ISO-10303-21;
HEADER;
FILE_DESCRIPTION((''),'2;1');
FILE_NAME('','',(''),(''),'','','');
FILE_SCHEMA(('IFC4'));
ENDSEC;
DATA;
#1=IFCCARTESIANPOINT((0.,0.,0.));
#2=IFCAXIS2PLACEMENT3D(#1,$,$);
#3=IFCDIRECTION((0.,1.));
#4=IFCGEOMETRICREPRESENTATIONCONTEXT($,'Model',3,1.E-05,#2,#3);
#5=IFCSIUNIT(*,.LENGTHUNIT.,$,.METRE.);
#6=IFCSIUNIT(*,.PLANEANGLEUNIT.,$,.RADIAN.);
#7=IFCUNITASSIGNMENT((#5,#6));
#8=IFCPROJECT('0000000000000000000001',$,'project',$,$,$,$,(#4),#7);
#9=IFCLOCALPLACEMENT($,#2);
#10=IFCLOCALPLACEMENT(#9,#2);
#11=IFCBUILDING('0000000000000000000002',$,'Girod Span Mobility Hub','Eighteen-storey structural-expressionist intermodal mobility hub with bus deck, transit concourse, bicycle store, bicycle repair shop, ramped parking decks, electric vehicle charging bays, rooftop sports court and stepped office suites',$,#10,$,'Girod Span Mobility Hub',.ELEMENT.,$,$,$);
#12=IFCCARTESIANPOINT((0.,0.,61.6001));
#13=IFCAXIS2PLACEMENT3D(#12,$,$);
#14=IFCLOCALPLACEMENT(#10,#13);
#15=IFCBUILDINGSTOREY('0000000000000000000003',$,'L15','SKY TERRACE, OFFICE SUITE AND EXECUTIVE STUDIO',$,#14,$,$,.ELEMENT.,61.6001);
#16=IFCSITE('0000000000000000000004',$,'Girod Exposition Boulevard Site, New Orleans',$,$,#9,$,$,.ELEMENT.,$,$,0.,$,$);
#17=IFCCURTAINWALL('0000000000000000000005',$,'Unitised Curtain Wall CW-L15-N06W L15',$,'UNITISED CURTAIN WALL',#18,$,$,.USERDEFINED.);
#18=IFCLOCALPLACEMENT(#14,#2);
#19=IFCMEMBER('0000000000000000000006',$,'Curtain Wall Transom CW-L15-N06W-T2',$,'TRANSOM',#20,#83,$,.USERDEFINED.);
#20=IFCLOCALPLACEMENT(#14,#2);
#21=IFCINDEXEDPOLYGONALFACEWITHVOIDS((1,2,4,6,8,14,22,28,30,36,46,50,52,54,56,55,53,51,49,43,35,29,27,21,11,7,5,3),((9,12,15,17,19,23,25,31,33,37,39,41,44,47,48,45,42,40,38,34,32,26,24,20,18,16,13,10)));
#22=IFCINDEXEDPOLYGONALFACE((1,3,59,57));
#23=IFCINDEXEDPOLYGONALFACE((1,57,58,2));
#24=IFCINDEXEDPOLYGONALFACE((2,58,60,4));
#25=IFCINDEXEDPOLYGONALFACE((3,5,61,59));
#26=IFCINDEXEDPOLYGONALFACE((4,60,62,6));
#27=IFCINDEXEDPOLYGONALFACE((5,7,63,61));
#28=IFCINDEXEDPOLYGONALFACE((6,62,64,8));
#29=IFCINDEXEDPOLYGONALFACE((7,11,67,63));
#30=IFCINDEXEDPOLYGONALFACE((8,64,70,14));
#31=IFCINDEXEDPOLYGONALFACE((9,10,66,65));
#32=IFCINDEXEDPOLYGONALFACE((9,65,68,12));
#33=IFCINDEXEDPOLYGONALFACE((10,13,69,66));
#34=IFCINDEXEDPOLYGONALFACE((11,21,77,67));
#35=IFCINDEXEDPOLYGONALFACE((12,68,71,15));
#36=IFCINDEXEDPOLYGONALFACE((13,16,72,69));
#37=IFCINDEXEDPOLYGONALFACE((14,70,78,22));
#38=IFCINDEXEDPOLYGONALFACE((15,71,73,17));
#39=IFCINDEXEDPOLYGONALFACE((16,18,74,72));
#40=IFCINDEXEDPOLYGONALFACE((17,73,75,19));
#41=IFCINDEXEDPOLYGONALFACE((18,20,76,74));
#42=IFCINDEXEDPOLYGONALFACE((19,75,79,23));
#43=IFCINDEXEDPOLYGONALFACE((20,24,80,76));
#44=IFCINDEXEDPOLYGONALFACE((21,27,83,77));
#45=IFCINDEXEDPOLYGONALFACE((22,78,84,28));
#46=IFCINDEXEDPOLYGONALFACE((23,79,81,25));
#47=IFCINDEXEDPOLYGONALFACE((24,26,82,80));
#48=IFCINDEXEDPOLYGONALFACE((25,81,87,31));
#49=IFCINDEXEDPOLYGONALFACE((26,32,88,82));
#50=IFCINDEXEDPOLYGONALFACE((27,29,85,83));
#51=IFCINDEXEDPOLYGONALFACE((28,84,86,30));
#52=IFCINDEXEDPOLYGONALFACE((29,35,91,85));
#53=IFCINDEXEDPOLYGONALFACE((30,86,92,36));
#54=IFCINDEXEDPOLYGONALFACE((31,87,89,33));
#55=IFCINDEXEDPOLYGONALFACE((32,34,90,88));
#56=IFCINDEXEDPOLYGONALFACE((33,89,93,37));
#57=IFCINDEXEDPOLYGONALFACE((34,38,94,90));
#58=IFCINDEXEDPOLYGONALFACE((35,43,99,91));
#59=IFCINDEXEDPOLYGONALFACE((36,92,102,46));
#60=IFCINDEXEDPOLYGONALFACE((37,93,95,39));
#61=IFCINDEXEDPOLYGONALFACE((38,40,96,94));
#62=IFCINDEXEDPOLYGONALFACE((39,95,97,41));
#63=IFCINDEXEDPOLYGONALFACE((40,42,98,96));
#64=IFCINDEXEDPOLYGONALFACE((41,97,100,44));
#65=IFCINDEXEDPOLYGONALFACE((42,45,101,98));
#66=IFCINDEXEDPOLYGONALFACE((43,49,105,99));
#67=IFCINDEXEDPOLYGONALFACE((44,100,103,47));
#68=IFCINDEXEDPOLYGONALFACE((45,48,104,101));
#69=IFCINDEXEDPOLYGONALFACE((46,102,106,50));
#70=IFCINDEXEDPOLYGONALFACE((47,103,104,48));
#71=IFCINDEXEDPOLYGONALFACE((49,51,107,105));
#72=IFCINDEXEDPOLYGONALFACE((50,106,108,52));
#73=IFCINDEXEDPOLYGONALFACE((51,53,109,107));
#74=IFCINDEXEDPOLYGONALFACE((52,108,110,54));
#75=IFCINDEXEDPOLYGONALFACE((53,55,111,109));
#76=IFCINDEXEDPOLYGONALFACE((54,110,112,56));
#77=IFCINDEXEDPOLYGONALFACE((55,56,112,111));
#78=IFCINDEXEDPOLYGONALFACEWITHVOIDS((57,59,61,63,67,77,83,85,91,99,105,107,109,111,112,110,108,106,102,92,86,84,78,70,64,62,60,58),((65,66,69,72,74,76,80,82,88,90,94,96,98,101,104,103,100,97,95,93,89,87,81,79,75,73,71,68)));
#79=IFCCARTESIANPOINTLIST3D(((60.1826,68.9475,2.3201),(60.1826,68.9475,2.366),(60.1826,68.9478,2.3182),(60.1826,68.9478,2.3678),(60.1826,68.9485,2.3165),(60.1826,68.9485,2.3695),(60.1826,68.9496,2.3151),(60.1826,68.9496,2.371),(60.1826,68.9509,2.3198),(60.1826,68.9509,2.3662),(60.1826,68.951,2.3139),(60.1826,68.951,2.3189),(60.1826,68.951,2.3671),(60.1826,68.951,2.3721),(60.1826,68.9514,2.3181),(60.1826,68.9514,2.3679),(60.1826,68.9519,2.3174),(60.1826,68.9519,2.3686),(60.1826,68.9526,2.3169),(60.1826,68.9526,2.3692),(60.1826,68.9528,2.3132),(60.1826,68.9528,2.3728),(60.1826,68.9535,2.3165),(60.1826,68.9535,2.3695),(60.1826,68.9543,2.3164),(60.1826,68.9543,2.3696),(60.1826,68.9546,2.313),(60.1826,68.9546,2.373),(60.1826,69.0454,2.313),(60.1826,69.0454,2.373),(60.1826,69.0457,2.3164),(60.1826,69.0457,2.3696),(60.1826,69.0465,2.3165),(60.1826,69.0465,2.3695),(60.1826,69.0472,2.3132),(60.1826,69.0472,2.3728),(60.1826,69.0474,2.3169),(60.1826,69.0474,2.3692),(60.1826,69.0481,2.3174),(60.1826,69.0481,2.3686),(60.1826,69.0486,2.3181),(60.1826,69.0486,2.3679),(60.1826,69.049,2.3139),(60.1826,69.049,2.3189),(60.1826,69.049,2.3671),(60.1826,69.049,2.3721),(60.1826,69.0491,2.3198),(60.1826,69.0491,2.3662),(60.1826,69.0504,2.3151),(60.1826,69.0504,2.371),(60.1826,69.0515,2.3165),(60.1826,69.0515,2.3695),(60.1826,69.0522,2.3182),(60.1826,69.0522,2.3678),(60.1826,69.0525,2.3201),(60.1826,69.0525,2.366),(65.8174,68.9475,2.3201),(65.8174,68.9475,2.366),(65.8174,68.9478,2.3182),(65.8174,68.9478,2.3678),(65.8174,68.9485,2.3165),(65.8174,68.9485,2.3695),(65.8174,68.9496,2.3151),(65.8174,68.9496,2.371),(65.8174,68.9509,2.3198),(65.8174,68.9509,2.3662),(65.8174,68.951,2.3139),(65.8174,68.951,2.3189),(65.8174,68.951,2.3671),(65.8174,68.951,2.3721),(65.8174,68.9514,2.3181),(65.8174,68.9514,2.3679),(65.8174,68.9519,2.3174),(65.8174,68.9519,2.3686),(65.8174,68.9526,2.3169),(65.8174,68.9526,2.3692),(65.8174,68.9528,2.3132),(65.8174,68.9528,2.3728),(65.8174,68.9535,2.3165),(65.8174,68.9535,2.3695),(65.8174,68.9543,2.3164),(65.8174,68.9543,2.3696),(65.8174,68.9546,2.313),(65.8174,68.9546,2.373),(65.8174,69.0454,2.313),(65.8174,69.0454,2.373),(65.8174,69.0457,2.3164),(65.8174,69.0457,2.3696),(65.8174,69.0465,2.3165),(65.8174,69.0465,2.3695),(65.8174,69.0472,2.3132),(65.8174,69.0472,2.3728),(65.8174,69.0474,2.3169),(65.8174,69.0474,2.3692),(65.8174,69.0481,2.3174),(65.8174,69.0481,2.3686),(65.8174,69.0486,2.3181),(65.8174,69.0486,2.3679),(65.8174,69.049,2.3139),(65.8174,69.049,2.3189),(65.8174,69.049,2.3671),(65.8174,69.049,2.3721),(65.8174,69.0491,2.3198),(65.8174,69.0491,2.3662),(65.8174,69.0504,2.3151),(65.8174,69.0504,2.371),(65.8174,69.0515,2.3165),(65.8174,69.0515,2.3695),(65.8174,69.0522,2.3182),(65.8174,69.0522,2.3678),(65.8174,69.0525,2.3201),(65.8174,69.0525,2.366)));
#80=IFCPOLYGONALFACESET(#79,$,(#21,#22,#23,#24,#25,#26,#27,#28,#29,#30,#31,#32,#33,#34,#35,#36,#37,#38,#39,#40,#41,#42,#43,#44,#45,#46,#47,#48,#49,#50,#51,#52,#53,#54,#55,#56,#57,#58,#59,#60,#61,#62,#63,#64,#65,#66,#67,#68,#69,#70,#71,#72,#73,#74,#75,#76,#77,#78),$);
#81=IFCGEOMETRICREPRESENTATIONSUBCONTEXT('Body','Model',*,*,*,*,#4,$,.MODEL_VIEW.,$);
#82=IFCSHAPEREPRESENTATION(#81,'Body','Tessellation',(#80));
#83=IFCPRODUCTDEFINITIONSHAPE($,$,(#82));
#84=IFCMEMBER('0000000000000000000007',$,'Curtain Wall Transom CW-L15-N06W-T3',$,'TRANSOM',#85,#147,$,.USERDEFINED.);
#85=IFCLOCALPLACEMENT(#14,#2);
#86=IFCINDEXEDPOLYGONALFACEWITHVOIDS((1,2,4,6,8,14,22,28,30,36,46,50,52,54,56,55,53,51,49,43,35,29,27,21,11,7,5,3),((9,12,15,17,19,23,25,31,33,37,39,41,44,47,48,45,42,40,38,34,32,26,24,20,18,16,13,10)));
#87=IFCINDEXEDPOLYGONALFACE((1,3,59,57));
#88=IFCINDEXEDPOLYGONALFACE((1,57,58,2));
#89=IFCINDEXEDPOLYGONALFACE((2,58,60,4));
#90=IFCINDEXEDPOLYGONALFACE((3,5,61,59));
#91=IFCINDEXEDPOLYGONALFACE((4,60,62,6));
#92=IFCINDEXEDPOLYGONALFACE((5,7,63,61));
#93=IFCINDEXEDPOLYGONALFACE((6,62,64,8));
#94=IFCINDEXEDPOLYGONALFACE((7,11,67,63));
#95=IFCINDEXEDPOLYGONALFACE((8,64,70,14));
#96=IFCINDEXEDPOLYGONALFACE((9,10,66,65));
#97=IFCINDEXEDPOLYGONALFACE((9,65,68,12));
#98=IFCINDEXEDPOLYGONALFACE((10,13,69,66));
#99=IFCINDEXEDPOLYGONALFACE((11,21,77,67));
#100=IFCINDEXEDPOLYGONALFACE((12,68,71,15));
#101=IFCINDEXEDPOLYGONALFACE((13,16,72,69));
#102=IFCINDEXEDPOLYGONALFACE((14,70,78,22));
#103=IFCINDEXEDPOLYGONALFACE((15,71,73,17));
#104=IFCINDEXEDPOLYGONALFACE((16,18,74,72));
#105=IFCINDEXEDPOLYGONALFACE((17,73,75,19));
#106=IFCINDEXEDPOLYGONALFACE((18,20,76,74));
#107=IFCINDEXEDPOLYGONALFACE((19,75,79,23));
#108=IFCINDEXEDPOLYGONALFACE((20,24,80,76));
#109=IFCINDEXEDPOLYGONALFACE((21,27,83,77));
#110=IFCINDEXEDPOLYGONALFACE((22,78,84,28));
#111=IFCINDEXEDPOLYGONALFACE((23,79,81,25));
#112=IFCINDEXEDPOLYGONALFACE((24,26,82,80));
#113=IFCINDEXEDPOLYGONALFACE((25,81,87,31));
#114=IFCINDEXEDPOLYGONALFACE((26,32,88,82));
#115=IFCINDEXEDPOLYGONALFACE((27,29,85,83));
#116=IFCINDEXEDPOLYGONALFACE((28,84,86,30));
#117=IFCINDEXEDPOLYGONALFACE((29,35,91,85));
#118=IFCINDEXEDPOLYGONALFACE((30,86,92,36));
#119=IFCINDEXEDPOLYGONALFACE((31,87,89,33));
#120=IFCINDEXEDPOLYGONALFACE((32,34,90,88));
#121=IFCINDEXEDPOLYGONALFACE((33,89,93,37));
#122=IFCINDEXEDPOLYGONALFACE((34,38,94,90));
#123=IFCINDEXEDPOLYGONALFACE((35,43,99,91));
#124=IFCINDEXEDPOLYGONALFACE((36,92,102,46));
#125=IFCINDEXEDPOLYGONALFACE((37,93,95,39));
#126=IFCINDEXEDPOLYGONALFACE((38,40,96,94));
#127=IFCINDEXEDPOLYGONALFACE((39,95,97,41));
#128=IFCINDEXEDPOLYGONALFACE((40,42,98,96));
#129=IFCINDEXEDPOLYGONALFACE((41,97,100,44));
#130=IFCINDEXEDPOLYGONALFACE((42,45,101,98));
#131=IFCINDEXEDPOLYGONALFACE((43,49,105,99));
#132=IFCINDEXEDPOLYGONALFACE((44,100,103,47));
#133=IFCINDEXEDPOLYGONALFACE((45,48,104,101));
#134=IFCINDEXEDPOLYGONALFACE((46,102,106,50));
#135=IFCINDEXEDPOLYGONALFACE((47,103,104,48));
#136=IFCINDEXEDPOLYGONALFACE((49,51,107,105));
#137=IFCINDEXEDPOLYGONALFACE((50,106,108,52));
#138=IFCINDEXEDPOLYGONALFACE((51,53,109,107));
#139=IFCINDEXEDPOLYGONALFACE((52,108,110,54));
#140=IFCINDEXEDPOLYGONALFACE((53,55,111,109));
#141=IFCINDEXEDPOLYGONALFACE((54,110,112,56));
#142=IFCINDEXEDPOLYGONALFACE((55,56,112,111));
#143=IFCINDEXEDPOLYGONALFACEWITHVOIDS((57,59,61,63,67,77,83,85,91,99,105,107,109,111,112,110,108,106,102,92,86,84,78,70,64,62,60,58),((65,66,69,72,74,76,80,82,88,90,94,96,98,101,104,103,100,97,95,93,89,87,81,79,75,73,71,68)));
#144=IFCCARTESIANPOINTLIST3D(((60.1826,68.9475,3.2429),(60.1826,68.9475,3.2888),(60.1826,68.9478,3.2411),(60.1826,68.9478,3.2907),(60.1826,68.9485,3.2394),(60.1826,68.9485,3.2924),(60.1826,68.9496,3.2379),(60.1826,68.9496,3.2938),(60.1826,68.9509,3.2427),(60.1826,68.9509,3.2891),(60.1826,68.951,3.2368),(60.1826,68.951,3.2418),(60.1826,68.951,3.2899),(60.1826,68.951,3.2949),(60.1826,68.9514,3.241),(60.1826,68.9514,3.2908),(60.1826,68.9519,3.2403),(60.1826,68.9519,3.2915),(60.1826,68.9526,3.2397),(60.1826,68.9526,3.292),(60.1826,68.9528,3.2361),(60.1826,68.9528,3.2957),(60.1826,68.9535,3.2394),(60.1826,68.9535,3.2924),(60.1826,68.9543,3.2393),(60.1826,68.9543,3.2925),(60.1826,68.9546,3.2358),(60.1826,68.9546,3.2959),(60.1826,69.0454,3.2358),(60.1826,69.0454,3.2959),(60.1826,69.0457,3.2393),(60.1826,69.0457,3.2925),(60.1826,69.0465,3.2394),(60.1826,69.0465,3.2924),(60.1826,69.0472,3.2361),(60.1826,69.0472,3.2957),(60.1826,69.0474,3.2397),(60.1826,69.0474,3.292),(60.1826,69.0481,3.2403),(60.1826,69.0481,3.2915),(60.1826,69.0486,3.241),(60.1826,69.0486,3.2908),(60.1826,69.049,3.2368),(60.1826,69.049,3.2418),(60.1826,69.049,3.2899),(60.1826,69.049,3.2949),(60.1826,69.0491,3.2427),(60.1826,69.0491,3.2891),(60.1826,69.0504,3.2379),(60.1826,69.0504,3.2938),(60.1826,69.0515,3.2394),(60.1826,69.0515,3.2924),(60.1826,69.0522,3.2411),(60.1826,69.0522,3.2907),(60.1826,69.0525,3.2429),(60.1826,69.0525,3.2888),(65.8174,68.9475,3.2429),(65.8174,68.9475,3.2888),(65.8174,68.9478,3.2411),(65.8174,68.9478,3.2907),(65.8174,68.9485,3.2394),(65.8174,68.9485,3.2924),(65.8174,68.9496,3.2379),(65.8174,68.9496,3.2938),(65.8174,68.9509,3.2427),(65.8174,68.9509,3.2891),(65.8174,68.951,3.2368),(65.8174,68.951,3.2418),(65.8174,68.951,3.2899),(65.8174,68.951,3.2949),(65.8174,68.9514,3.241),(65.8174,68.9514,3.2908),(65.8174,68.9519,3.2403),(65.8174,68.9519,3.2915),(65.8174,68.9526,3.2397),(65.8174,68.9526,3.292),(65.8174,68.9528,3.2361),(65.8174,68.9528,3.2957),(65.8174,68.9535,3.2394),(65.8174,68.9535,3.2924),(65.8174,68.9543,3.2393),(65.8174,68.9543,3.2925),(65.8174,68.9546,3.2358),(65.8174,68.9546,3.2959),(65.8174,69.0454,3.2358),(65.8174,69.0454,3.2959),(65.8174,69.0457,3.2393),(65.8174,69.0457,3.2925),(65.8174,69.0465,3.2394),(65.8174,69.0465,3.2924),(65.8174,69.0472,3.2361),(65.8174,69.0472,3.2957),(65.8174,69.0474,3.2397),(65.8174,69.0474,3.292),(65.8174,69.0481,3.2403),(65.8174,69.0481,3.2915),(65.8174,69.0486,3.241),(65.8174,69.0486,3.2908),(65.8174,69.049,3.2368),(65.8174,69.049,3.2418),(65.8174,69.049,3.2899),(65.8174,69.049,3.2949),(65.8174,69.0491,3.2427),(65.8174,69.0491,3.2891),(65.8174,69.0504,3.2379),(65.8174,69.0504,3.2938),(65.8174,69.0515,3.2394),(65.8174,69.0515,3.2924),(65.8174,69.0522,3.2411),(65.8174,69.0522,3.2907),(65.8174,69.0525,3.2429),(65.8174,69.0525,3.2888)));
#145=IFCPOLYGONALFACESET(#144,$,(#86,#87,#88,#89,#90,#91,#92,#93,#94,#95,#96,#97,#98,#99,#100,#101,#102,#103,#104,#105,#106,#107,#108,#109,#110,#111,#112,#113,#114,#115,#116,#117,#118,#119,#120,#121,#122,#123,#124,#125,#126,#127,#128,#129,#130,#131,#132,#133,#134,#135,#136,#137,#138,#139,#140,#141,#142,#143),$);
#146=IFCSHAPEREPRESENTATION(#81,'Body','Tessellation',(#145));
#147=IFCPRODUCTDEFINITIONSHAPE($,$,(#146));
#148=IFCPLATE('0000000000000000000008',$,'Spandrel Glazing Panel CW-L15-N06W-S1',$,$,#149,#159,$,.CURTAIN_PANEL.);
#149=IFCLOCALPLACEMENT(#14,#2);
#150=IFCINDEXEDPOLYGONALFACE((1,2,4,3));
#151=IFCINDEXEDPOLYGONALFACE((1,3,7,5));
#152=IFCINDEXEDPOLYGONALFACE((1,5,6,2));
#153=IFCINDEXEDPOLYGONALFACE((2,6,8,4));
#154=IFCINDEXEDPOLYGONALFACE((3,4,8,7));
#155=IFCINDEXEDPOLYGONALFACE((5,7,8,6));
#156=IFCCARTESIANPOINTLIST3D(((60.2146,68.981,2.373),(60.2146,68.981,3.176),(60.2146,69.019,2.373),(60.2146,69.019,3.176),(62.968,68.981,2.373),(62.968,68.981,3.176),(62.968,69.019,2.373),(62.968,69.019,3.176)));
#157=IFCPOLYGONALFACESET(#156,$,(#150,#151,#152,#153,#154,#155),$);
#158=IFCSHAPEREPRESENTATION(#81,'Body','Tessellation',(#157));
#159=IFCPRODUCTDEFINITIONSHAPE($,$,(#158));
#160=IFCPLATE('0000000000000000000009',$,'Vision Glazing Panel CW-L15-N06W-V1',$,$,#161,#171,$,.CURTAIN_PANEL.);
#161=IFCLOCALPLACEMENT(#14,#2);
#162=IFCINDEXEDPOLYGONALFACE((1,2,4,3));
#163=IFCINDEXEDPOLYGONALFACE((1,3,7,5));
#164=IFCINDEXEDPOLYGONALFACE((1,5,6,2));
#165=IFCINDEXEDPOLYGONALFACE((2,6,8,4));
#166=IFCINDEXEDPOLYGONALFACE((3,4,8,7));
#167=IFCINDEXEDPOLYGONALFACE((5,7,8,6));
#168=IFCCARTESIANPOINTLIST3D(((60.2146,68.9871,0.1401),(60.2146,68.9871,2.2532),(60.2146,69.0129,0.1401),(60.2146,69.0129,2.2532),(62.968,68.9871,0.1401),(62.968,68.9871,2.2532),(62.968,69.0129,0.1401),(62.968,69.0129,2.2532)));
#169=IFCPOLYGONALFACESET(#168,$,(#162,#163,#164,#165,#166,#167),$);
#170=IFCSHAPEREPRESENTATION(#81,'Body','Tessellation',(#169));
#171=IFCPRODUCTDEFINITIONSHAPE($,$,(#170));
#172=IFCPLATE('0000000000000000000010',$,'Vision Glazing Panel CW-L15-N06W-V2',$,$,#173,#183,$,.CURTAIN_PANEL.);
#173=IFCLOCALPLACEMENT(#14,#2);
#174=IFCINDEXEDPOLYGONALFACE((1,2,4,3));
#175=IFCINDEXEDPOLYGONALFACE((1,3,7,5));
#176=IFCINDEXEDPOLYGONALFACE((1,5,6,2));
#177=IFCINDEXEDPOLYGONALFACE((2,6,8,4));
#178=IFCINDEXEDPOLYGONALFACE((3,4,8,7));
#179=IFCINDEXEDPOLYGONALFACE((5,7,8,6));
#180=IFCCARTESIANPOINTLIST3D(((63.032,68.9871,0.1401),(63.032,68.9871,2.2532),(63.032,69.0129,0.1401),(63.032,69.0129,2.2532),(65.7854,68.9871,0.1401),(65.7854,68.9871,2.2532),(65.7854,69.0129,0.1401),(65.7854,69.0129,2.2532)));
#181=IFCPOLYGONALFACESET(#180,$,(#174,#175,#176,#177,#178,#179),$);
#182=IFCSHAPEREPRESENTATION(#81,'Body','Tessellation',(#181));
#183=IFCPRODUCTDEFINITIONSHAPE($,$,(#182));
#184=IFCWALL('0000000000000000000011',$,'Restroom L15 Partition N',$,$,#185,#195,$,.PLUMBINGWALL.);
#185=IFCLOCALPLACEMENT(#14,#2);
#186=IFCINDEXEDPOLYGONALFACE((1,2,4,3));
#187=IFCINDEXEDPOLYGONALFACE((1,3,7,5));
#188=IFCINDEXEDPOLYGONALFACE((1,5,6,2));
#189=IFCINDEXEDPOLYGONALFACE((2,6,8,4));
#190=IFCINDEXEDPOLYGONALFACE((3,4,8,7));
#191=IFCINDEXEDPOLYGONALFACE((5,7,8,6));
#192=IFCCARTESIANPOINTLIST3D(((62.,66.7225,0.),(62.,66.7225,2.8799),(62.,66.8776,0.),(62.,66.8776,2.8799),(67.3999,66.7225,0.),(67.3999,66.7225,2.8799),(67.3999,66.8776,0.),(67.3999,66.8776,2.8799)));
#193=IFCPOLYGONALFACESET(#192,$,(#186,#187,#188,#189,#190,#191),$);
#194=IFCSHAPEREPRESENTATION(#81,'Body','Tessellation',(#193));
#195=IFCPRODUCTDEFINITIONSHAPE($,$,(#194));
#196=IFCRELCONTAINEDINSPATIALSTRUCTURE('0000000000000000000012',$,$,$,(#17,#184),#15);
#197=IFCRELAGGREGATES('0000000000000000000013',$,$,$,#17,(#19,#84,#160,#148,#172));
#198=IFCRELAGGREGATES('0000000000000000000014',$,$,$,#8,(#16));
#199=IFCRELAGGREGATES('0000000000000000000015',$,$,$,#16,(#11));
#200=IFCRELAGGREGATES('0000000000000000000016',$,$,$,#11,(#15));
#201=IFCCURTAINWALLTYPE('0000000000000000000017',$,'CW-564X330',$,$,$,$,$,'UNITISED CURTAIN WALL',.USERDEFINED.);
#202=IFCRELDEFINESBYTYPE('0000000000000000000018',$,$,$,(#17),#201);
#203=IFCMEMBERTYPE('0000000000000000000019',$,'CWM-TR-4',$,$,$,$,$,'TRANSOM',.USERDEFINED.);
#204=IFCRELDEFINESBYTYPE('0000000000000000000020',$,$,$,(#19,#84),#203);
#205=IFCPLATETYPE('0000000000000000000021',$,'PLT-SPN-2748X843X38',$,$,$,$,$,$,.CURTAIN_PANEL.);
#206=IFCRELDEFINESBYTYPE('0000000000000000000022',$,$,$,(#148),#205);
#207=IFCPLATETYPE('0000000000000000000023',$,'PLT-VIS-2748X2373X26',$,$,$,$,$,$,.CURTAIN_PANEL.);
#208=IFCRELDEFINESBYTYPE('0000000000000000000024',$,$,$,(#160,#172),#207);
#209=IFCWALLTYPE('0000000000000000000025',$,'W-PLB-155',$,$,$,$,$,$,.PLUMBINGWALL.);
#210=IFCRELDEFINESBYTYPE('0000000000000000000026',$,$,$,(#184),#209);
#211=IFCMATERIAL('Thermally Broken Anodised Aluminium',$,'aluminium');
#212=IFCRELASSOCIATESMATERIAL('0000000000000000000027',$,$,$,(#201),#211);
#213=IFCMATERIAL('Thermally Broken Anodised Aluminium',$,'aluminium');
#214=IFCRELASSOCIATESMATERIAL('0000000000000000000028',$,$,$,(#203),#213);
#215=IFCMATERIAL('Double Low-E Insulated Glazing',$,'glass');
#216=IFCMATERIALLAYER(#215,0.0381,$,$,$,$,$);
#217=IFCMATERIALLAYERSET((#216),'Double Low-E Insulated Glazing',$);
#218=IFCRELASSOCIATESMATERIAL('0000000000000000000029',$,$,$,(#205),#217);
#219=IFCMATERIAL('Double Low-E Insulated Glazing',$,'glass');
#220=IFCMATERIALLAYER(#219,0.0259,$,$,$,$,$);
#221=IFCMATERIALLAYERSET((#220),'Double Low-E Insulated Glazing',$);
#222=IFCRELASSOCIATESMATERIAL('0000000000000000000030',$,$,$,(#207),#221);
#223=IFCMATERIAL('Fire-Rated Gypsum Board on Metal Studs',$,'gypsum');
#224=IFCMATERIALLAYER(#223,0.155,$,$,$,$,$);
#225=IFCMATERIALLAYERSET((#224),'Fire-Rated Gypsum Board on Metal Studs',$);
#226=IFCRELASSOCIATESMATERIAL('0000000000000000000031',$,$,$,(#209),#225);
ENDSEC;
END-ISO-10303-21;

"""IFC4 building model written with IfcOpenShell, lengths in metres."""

from ifc_helpers import new_model, si_unit, direction, frame, frame_2d, origin, origin_2d, place, context, subcontext, project, spatial, rectangle, hollow_rectangle, extrude, material, layer, layer_set, material_profile, profile_set, type_object, element, aggregate, save


model = new_model("IFC4")

# Units and contexts
model_context = context("Model", 3, precision=1e-05, world=origin(), true_north=direction((0.0, 1.0)))
body_context = subcontext(model_context, "Body", "Model", "MODEL_VIEW")
ifc_project = project(units=[si_unit("LENGTHUNIT", "METRE"), si_unit("PLANEANGLEUNIT", "RADIAN")], contexts=[model_context])

# Site, building, storey
site_placement = place(None, origin())
site = spatial("IfcSite", under=ifc_project, at=site_placement, Name="Girod Exposition Boulevard Site, New Orleans", CompositionType="ELEMENT", RefElevation=0.0)
building_placement = place(site_placement, origin())
building = spatial("IfcBuilding", under=site, at=building_placement, Name="Girod Span Mobility Hub", Description="Eighteen-storey structural-expressionist intermodal mobility hub with bus deck, transit concourse, bicycle store, bicycle repair shop, ramped parking decks, electric vehicle charging bays, rooftop sports court and stepped office suites", LongName="Girod Span Mobility Hub", CompositionType="ELEMENT")
storey_placement = place(building_placement, frame((0.0, 0.0, 61.6001)))
storey = spatial("IfcBuildingStorey", under=building, at=storey_placement, Name="L15", Description="SKY TERRACE, OFFICE SUITE AND EXECUTIVE STUDIO", CompositionType="ELEMENT", Elevation=61.6001)

# Curtain wall, members, plates
ifc_material_1 = material(Name="Thermally Broken Anodised Aluminium", Category="aluminium")
curtain_wall_type = type_object("IfcCurtainWallType", Name="CW-564X330", ElementType="UNITISED CURTAIN WALL", PredefinedType="USERDEFINED", material=ifc_material_1)
curtain_wall_placement = place(storey_placement, origin())
curtain_wall = element("IfcCurtainWall", 1, at=curtain_wall_placement, inside=storey, type_object=curtain_wall_type, Name="Unitised Curtain Wall CW-L15-N06W L15", ObjectType="UNITISED CURTAIN WALL", PredefinedType="USERDEFINED")
ifc_material_2 = material(Name="Thermally Broken Anodised Aluminium", Category="aluminium")
ifc_material_profile_1 = material_profile(ifc_material_2, hollow_rectangle(XDim=0.105, YDim=0.0601, WallThickness=0.0034, InnerFilletRadius=0.0034, OuterFilletRadius=0.0071, at=origin_2d()), Name="CW-TR-60X105")
ifc_profile_set_1 = profile_set([ifc_material_profile_1], Name="Thermally Broken Anodised Aluminium")
member_type_1 = type_object("IfcMemberType", Name="CWM-TR-4", ElementType="TRANSOM", PredefinedType="USERDEFINED", material=ifc_profile_set_1)
member_1_placement = place(storey_placement, frame((60.1826, 69.0, 2.343), z_axis=(1.0, 0.0, 0.0), x_axis=(0.0, 1.0, 0.0)))
member_1 = element("IfcMember", 2, at=member_1_placement, type_object=member_type_1, Name="Curtain Wall Transom CW-L15-N06W-T2", ObjectType="TRANSOM", PredefinedType="USERDEFINED", context=body_context, shape_type="SweptSolid", body=[
    extrude(hollow_rectangle(XDim=0.105, YDim=0.0601, WallThickness=0.0034, InnerFilletRadius=0.0034, OuterFilletRadius=0.0071, at=origin_2d()), origin(), (0.0, 0.0, 1.0), 5.6348),
])
member_2_placement = place(storey_placement, frame((60.1826, 69.0, 3.2659), z_axis=(1.0, 0.0, 0.0), x_axis=(0.0, 1.0, 0.0)))
member_2 = element("IfcMember", 3, at=member_2_placement, type_object=member_type_1, Name="Curtain Wall Transom CW-L15-N06W-T3", ObjectType="TRANSOM", PredefinedType="USERDEFINED", context=body_context, shape_type="SweptSolid", body=[
    extrude(hollow_rectangle(XDim=0.105, YDim=0.0601, WallThickness=0.0034, InnerFilletRadius=0.0034, OuterFilletRadius=0.0071, at=origin_2d()), origin(), (0.0, 0.0, 1.0), 5.6348),
])
ifc_material_3 = material(Name="Double Low-E Insulated Glazing", Category="glass")
ifc_layer_1 = layer(ifc_material_3, 0.0381)
ifc_layer_set_1 = layer_set([ifc_layer_1], Name="Double Low-E Insulated Glazing")
plate_type_1 = type_object("IfcPlateType", Name="PLT-SPN-2748X843X38", PredefinedType="CURTAIN_PANEL", material=ifc_layer_set_1)
plate_1_placement = place(storey_placement, frame((61.5913, 69.0, 2.373), z_axis=(0.0, 0.0, 1.0), x_axis=(1.0, 0.0, 0.0)))
plate_1 = element("IfcPlate", 4, at=plate_1_placement, type_object=plate_type_1, Name="Spandrel Glazing Panel CW-L15-N06W-S1", PredefinedType="CURTAIN_PANEL", context=body_context, shape_type="SweptSolid", body=[
    extrude(rectangle(XDim=2.7534, YDim=0.0381, at=origin_2d()), origin(), (0.0, 0.0, 1.0), 0.803),
])
ifc_material_4 = material(Name="Double Low-E Insulated Glazing", Category="glass")
ifc_layer_2 = layer(ifc_material_4, 0.0259)
ifc_layer_set_2 = layer_set([ifc_layer_2], Name="Double Low-E Insulated Glazing")
plate_type_2 = type_object("IfcPlateType", Name="PLT-VIS-2748X2373X26", PredefinedType="CURTAIN_PANEL", material=ifc_layer_set_2)
plate_2_placement = place(storey_placement, frame((61.5913, 69.0, 0.1401), z_axis=(0.0, 0.0, 1.0), x_axis=(1.0, 0.0, 0.0)))
plate_2 = element("IfcPlate", 5, at=plate_2_placement, type_object=plate_type_2, Name="Vision Glazing Panel CW-L15-N06W-V1", PredefinedType="CURTAIN_PANEL", context=body_context, shape_type="SweptSolid", body=[
    extrude(rectangle(XDim=2.7534, YDim=0.0259, at=origin_2d()), origin(), (0.0, 0.0, 1.0), 2.113),
])
plate_3_placement = place(storey_placement, frame((64.4087, 69.0, 0.1401), z_axis=(0.0, 0.0, 1.0), x_axis=(1.0, 0.0, 0.0)))
plate_3 = element("IfcPlate", 6, at=plate_3_placement, type_object=plate_type_2, Name="Vision Glazing Panel CW-L15-N06W-V2", PredefinedType="CURTAIN_PANEL", context=body_context, shape_type="SweptSolid", body=[
    extrude(rectangle(XDim=2.7534, YDim=0.0259, at=origin_2d()), origin(), (0.0, 0.0, 1.0), 2.113),
])
aggregate(curtain_wall, [member_1, member_2, plate_2, plate_1, plate_3])

# Shared definitions
ifc_material_5 = material(Name="Fire-Rated Gypsum Board on Metal Studs", Category="gypsum")
ifc_layer_3 = layer(ifc_material_5, 0.155)
ifc_layer_set_3 = layer_set([ifc_layer_3], Name="Fire-Rated Gypsum Board on Metal Studs")
wall_type_1 = type_object("IfcWallType", Name="W-PLB-155", PredefinedType="PLUMBINGWALL", material=ifc_layer_set_3)

# Wall
wall_1_placement = place(storey_placement, frame((62.0, 66.8, 0.0), z_axis=(0.0, 0.0, 1.0), x_axis=(1.0, 0.0, 0.0)))
element("IfcWall", 7, at=wall_1_placement, inside=storey, type_object=wall_type_1, Name="Restroom L15 Partition N", PredefinedType="PLUMBINGWALL", context=body_context, shape_type="SweptSolid", body=[
    extrude(rectangle(XDim=5.3999, YDim=0.155, at=frame_2d((2.7, 0.0))), origin(), (0.0, 0.0, 1.0), 2.8799),
])

save(model, "model.ifc")
